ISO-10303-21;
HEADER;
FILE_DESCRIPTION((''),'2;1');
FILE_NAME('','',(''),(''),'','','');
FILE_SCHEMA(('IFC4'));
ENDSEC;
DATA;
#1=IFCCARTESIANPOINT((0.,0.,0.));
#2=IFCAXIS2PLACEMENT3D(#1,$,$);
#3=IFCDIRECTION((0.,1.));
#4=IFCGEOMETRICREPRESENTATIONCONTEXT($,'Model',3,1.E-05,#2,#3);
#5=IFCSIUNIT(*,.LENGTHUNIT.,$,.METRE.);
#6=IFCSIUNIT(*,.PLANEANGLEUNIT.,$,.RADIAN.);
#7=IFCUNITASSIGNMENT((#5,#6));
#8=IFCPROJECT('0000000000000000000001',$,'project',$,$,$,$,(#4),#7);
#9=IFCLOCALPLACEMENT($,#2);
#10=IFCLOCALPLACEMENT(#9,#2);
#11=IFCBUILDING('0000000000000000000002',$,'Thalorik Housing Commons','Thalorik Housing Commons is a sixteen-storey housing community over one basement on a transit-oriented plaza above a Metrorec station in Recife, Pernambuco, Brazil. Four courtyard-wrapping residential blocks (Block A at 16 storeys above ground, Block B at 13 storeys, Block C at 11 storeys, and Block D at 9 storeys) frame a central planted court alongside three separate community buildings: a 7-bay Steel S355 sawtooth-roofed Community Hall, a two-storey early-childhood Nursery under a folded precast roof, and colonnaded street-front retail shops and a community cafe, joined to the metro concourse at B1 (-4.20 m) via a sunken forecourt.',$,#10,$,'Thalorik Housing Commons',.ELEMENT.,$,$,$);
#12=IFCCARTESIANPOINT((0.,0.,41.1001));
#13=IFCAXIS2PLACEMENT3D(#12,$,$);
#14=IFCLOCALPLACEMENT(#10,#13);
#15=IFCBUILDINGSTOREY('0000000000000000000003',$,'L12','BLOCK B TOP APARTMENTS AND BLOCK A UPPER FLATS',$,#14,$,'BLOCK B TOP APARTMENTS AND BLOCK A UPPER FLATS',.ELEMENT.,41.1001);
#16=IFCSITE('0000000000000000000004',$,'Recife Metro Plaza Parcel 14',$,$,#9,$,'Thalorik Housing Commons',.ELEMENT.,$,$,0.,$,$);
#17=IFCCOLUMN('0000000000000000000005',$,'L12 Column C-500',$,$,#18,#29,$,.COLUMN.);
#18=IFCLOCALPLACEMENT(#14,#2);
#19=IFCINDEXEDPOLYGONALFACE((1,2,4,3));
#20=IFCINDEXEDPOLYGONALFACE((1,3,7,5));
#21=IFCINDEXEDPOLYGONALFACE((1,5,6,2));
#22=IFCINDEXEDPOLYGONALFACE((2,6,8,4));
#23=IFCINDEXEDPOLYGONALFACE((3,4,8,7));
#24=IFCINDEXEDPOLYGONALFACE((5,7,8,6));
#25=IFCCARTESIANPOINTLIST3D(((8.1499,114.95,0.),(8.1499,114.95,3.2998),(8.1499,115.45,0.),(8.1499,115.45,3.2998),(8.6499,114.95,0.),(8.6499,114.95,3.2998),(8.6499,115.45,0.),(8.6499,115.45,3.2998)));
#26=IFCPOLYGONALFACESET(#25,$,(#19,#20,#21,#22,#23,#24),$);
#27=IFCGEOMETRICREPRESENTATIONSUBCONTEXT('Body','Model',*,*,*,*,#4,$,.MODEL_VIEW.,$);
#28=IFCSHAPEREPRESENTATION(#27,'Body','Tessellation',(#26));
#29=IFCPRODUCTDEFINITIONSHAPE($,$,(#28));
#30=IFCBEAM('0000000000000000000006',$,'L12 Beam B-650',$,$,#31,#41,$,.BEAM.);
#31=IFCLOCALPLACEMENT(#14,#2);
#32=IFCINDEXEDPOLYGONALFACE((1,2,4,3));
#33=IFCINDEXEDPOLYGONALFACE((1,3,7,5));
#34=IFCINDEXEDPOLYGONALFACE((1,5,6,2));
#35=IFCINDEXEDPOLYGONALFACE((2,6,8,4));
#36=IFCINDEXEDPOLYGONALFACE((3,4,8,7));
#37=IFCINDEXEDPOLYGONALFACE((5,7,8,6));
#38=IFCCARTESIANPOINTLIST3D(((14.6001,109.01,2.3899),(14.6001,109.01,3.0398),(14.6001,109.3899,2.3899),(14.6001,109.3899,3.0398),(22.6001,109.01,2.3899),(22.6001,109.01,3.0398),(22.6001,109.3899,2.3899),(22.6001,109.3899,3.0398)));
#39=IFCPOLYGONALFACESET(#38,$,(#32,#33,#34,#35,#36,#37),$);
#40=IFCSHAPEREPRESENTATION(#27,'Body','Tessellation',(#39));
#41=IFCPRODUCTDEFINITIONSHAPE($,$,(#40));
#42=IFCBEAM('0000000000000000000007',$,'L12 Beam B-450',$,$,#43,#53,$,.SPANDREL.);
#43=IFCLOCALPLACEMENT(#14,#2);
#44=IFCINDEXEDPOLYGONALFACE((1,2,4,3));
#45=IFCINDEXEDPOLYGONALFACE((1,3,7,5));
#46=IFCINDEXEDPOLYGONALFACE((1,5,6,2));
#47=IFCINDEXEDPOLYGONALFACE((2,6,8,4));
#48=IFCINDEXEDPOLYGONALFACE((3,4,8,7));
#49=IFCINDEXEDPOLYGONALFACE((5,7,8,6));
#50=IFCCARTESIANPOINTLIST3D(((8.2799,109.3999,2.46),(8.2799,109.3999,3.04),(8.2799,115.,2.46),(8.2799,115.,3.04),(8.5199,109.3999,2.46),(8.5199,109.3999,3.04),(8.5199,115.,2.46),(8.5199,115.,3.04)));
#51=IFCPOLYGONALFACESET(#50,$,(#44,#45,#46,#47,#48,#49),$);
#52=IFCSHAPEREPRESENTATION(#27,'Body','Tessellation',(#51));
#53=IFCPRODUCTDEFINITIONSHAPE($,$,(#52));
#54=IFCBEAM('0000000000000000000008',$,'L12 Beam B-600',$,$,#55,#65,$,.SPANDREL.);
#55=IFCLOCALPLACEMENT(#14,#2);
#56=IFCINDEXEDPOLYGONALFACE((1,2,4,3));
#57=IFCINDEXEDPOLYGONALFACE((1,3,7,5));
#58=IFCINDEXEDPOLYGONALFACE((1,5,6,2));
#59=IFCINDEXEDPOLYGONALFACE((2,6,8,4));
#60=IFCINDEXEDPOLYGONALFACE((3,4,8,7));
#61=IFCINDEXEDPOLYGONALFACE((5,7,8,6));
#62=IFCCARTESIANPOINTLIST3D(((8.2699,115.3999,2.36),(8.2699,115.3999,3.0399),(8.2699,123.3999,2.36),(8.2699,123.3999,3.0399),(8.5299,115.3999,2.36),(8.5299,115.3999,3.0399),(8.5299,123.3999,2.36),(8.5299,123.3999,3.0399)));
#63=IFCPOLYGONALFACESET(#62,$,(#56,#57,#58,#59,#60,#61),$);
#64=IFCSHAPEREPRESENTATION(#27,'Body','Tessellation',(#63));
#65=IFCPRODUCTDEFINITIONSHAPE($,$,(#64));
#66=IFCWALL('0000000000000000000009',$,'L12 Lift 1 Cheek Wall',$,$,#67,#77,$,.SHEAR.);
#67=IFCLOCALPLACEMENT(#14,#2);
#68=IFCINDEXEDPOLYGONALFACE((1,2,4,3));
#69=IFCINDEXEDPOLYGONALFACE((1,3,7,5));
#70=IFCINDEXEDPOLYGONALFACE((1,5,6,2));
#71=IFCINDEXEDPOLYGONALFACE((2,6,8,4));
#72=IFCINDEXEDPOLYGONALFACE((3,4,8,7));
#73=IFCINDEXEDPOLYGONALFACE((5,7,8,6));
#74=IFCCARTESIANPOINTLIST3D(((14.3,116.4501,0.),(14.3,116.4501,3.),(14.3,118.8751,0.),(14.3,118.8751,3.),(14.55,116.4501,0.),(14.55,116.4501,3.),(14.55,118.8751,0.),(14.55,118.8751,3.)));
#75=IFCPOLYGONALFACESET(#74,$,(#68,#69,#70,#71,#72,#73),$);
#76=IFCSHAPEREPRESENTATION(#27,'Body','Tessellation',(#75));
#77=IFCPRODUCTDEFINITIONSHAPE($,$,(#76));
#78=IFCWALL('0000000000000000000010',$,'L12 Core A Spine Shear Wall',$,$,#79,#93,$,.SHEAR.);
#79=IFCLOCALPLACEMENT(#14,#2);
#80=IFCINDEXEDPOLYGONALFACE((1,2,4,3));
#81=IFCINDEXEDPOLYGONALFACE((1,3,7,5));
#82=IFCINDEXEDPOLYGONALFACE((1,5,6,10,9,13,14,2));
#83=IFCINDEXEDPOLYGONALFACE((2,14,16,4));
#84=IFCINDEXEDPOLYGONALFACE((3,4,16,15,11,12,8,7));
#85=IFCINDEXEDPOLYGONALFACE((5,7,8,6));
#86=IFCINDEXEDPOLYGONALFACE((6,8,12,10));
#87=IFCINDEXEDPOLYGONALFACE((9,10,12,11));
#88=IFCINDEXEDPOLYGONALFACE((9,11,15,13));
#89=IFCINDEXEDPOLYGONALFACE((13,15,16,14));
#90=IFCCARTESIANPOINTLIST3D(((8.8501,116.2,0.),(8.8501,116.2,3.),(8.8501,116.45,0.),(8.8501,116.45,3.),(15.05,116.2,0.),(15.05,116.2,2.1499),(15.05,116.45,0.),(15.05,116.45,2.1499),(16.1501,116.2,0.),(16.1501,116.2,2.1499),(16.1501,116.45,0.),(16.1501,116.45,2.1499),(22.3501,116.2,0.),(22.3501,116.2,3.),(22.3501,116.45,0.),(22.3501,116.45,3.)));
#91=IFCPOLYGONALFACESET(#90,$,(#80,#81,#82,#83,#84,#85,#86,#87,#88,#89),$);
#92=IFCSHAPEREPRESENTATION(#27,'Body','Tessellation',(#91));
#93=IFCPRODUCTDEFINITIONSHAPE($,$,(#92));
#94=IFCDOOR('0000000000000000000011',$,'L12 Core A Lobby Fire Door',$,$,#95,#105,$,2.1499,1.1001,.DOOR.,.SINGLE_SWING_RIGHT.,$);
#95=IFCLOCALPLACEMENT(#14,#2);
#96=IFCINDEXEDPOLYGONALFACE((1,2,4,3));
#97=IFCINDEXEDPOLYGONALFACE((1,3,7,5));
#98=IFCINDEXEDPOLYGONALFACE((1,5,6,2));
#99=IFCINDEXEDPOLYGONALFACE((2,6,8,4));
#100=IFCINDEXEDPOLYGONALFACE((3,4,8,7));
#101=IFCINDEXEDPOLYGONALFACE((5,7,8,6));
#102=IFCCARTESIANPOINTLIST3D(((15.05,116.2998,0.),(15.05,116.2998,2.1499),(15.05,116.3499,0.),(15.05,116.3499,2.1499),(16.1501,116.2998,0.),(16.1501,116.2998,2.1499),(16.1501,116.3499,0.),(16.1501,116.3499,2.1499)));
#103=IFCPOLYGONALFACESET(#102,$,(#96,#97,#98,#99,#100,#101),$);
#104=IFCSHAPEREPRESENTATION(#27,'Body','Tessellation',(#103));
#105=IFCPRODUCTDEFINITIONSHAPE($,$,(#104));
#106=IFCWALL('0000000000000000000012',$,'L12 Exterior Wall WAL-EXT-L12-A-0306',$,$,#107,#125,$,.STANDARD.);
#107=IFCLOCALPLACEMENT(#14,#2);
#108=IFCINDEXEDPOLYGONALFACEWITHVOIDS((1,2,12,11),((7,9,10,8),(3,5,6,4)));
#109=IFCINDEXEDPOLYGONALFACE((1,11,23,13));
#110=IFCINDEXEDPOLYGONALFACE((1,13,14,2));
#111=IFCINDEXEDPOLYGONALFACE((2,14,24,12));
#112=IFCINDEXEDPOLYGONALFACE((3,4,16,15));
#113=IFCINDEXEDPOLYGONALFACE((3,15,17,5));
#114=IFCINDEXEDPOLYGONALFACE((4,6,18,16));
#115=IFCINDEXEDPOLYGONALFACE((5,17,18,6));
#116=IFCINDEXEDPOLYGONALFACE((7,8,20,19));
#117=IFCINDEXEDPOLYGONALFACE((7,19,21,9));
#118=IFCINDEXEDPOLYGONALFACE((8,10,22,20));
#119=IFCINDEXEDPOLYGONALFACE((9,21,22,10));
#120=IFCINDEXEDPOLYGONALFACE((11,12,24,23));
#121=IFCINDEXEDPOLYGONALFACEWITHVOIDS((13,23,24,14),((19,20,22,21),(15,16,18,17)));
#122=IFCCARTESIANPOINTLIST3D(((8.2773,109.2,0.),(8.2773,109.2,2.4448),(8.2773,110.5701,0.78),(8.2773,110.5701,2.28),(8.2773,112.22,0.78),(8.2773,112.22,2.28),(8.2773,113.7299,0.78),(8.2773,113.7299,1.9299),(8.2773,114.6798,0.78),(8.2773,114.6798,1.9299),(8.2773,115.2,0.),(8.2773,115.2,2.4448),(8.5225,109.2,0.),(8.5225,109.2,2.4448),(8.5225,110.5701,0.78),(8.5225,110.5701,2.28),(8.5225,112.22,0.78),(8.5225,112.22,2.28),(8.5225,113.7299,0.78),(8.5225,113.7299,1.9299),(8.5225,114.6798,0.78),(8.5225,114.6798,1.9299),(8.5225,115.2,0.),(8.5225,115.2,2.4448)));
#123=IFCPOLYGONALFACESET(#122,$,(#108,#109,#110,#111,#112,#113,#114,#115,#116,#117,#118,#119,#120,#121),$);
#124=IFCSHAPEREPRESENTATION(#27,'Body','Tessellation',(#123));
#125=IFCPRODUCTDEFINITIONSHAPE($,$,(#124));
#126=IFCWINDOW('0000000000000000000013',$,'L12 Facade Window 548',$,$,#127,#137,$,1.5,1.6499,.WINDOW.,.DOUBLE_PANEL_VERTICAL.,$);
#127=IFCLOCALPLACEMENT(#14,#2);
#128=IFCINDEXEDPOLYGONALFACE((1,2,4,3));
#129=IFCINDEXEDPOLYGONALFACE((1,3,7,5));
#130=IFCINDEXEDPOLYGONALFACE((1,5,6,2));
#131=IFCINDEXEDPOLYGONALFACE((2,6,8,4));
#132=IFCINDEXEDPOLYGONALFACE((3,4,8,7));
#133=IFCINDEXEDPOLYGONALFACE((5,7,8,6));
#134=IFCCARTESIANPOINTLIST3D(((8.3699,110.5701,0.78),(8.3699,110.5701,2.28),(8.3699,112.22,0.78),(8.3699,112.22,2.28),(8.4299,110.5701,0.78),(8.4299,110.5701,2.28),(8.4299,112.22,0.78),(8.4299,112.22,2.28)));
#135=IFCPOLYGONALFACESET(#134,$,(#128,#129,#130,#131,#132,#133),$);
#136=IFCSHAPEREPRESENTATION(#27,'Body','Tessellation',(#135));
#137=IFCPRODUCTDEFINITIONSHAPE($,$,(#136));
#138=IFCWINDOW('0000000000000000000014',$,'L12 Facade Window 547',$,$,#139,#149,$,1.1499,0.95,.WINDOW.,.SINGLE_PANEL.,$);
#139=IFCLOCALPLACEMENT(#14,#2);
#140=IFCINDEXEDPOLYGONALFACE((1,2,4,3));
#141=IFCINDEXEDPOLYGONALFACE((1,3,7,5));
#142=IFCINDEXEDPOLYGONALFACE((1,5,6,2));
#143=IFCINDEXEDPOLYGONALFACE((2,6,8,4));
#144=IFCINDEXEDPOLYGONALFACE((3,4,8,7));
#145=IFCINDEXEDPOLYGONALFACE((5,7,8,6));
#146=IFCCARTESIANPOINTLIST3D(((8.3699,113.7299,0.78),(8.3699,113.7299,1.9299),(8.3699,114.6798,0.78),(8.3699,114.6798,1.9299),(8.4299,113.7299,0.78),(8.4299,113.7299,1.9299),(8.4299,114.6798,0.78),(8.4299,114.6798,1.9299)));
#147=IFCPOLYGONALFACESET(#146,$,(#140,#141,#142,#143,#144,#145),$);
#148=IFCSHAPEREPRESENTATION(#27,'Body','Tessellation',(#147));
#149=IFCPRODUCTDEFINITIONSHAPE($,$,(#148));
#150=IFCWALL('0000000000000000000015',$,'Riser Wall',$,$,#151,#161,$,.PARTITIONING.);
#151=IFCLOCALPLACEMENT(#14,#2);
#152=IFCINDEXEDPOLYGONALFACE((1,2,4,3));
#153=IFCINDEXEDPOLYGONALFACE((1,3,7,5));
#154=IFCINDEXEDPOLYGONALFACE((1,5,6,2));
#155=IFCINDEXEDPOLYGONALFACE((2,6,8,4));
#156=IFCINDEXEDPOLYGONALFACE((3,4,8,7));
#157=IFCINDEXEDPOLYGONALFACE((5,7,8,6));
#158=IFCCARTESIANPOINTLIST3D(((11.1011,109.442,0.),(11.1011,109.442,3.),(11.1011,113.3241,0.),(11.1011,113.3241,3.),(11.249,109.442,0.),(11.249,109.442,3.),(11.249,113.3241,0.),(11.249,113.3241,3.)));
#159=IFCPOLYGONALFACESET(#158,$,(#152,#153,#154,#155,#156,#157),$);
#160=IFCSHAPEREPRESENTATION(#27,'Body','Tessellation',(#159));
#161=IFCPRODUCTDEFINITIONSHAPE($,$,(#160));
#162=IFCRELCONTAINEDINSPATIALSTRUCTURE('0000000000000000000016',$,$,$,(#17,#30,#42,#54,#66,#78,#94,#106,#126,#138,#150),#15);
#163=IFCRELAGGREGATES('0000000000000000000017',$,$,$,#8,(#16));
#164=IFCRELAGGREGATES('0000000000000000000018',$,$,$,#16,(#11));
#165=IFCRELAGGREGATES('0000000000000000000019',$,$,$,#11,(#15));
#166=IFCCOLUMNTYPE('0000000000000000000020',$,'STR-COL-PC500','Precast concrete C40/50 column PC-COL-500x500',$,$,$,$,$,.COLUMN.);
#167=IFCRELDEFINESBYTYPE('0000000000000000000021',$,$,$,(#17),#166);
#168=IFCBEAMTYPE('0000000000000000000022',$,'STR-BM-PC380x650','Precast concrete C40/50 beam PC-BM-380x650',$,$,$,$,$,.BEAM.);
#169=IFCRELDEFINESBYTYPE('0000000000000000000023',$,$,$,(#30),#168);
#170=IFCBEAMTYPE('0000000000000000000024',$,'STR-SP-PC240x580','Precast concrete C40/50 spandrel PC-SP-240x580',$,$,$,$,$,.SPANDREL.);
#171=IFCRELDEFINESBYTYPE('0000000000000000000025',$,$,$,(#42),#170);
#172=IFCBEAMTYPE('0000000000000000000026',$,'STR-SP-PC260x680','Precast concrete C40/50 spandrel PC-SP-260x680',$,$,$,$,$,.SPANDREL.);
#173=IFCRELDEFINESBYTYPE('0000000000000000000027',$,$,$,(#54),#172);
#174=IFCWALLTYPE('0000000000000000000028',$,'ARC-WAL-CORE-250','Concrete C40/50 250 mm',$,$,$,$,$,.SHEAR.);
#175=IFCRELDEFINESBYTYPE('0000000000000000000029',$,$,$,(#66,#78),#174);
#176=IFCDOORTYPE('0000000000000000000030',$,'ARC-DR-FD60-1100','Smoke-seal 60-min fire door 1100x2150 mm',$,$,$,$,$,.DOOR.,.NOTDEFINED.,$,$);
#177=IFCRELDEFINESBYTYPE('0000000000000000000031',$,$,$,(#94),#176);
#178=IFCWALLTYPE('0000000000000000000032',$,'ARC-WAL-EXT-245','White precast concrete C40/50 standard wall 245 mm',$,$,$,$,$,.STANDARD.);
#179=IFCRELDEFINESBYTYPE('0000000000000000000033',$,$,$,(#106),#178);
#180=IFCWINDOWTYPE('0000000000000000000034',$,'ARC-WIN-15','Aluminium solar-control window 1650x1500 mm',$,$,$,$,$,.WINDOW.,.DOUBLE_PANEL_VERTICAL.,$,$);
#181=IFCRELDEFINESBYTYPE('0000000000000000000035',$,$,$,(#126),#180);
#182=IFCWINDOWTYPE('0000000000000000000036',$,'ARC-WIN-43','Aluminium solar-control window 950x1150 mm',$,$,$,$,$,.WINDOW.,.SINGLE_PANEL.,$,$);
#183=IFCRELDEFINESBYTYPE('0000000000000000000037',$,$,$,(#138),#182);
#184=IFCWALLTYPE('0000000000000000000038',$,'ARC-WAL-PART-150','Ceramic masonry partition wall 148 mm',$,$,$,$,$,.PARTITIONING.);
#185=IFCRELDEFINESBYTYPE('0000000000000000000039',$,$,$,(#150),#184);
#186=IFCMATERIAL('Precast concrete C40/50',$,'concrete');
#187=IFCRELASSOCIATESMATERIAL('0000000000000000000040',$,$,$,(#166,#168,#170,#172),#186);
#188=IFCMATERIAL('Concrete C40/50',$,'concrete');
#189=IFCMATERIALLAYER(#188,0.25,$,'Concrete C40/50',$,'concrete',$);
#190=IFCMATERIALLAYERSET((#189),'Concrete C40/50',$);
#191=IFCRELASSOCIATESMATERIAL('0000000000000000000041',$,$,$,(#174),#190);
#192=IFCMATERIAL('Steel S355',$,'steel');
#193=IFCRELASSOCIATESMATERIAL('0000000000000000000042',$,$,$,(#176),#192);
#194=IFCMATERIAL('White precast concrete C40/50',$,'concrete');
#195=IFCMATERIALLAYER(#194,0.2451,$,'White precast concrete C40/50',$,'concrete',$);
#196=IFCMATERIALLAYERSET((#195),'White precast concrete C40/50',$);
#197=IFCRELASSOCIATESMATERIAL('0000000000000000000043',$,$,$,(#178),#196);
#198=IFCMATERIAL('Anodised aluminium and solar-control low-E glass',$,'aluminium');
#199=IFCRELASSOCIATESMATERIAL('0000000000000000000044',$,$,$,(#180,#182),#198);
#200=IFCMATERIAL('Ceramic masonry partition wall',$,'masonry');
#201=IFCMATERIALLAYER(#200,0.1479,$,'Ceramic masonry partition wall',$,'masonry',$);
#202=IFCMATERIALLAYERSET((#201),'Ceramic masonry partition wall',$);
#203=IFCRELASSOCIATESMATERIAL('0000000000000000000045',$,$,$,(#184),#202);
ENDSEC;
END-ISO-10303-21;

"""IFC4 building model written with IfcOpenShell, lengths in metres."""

from ifc_helpers import new_model, si_unit, direction, frame, frame_2d, origin, origin_2d, place, context, subcontext, project, spatial, rectangle, extrude, material, layer, layer_set, material_profile, profile_set, type_object, element, fill, save


model = new_model("IFC4")

# Units and contexts
model_context = context("Model", 3, precision=1e-05, world=origin(), true_north=direction((0.0, 1.0)))
body_context = subcontext(model_context, "Body", "Model", "MODEL_VIEW")
ifc_project = project(units=[si_unit("LENGTHUNIT", "METRE"), si_unit("PLANEANGLEUNIT", "RADIAN")], contexts=[model_context])

# Site, building, storey
site_placement = place(None, origin())
site = spatial("IfcSite", under=ifc_project, at=site_placement, Name="Recife Metro Plaza Parcel 14", LongName="Thalorik Housing Commons", CompositionType="ELEMENT", RefElevation=0.0)
building_placement = place(site_placement, origin())
building = spatial("IfcBuilding", under=site, at=building_placement, Name="Thalorik Housing Commons", Description="Thalorik Housing Commons is a sixteen-storey housing community over one basement on a transit-oriented plaza above a Metrorec station in Recife, Pernambuco, Brazil. Four courtyard-wrapping residential blocks (Block A at 16 storeys above ground, Block B at 13 storeys, Block C at 11 storeys, and Block D at 9 storeys) frame a central planted court alongside three separate community buildings: a 7-bay Steel S355 sawtooth-roofed Community Hall, a two-storey early-childhood Nursery under a folded precast roof, and colonnaded street-front retail shops and a community cafe, joined to the metro concourse at B1 (-4.20 m) via a sunken forecourt.", LongName="Thalorik Housing Commons", CompositionType="ELEMENT")
storey_placement = place(building_placement, frame((0.0, 0.0, 41.1001)))
storey = spatial("IfcBuildingStorey", under=building, at=storey_placement, Name="L12", Description="BLOCK B TOP APARTMENTS AND BLOCK A UPPER FLATS", LongName="BLOCK B TOP APARTMENTS AND BLOCK A UPPER FLATS", CompositionType="ELEMENT", Elevation=41.1001)

# Column
ifc_material_1 = material(Name="Precast concrete C40/50", Category="concrete")
ifc_material_profile_1 = material_profile(ifc_material_1, rectangle(XDim=0.5, YDim=0.5, at=origin_2d()), Name="PC 500x500", Category="concrete")
ifc_profile_set_1 = profile_set([ifc_material_profile_1], Name="Precast concrete C40/50")
column_type = type_object("IfcColumnType", Name="STR-COL-PC500", Description="Precast concrete C40/50 column PC-COL-500x500", PredefinedType="COLUMN", material=ifc_profile_set_1)
column_placement = place(storey_placement, frame((8.3999, 115.2, 0.0), z_axis=(0.0, 0.0, 1.0), x_axis=(1.0, 0.0, 0.0)))
element("IfcColumn", 1, at=column_placement, inside=storey, type_object=column_type, Name="L12 Column C-500", PredefinedType="COLUMN", context=body_context, shape_type="SweptSolid", body=[
    extrude(rectangle(XDim=0.5, YDim=0.5, at=origin_2d()), origin(), (0.0, 0.0, 1.0), 3.2998),
])

# Beams
ifc_material_profile_2 = material_profile(ifc_material_1, rectangle(XDim=0.3799, YDim=0.6499, at=origin_2d()), Name="PC 380x650", Category="concrete")
ifc_profile_set_2 = profile_set([ifc_material_profile_2], Name="Precast concrete C40/50")
beam_type_1 = type_object("IfcBeamType", Name="STR-BM-PC380x650", Description="Precast concrete C40/50 beam PC-BM-380x650", PredefinedType="BEAM", material=ifc_profile_set_2)
beam_1_placement = place(storey_placement, frame((14.6001, 109.2, 2.7148), z_axis=(1.0, 0.0, 0.0), x_axis=(0.0, 1.0, 0.0)))
element("IfcBeam", 2, at=beam_1_placement, inside=storey, type_object=beam_type_1, Name="L12 Beam B-650", PredefinedType="BEAM", context=body_context, shape_type="SweptSolid", body=[
    extrude(rectangle(XDim=0.3799, YDim=0.6499, at=origin_2d()), origin(), (0.0, 0.0, 1.0), 8.0),
])
ifc_material_profile_3 = material_profile(ifc_material_1, rectangle(XDim=0.24, YDim=0.5801, at=origin_2d()), Name="PC SP 240x580", Category="concrete")
ifc_profile_set_3 = profile_set([ifc_material_profile_3], Name="Precast concrete C40/50")
beam_type_2 = type_object("IfcBeamType", Name="STR-SP-PC240x580", Description="Precast concrete C40/50 spandrel PC-SP-240x580", PredefinedType="SPANDREL", material=ifc_profile_set_3)
beam_2_placement = place(storey_placement, frame((8.3999, 109.3999, 2.75), z_axis=(0.0, 1.0, 0.0), x_axis=(-1.0, 0.0, 0.0)))
element("IfcBeam", 3, at=beam_2_placement, inside=storey, type_object=beam_type_2, Name="L12 Beam B-450", PredefinedType="SPANDREL", context=body_context, shape_type="SweptSolid", body=[
    extrude(rectangle(XDim=0.24, YDim=0.5801, at=origin_2d()), origin(), (0.0, 0.0, 1.0), 5.6001),
])
ifc_material_profile_4 = material_profile(ifc_material_1, rectangle(XDim=0.26, YDim=0.6799, at=origin_2d()), Name="PC SP 260x680", Category="concrete")
ifc_profile_set_4 = profile_set([ifc_material_profile_4], Name="Precast concrete C40/50")
beam_type_3 = type_object("IfcBeamType", Name="STR-SP-PC260x680", Description="Precast concrete C40/50 spandrel PC-SP-260x680", PredefinedType="SPANDREL", material=ifc_profile_set_4)
beam_3_placement = place(storey_placement, frame((8.3999, 115.3999, 2.7), z_axis=(0.0, 1.0, 0.0), x_axis=(-1.0, 0.0, 0.0)))
element("IfcBeam", 4, at=beam_3_placement, inside=storey, type_object=beam_type_3, Name="L12 Beam B-600", PredefinedType="SPANDREL", context=body_context, shape_type="SweptSolid", body=[
    extrude(rectangle(XDim=0.26, YDim=0.6799, at=origin_2d()), origin(), (0.0, 0.0, 1.0), 8.0),
])

# Shared definitions
ifc_material_2 = material(Name="Concrete C40/50", Category="concrete")
ifc_layer_1 = layer(ifc_material_2, 0.25, Name="Concrete C40/50", Category="concrete")
ifc_layer_set_1 = layer_set([ifc_layer_1], Name="Concrete C40/50")
wall_type_1 = type_object("IfcWallType", Name="ARC-WAL-CORE-250", Description="Concrete C40/50 250 mm", PredefinedType="SHEAR", material=ifc_layer_set_1)
ifc_material_3 = material(Name="Steel S355", Category="steel")

# Wall
wall_1_placement = place(storey_placement, frame((14.425, 118.875, 0.0), z_axis=(0.0, 0.0, 1.0), x_axis=(0.0, -1.0, 0.0)))
element("IfcWall", 5, at=wall_1_placement, inside=storey, type_object=wall_type_1, Name="L12 Lift 1 Cheek Wall", PredefinedType="SHEAR", context=body_context, shape_type="SweptSolid", body=[
    extrude(rectangle(XDim=2.425, YDim=0.25, at=frame_2d((1.2124, 0.0))), origin(), (0.0, 0.0, 1.0), 3.0),
])

# Wall, opening, door
wall_2_placement = place(storey_placement, frame((8.8501, 116.325, 0.0), z_axis=(0.0, 0.0, 1.0), x_axis=(1.0, 0.0, 0.0)))
wall_2 = element("IfcWall", 6, at=wall_2_placement, inside=storey, type_object=wall_type_1, Name="L12 Core A Spine Shear Wall", PredefinedType="SHEAR", context=body_context, shape_type="SweptSolid", body=[
    extrude(rectangle(XDim=13.5, YDim=0.25, at=frame_2d((6.75, 0.0))), origin(), (0.0, 0.0, 1.0), 3.0),
])
opening_1_placement = place(wall_2_placement, frame((6.2, 0.0, 0.0)))
opening_1 = element("IfcOpeningElement", 7, at=opening_1_placement, cuts=wall_2, PredefinedType="OPENING", context=body_context, shape_type="SweptSolid", body=[
    extrude(rectangle(XDim=1.1001, YDim=2.1499, at=frame_2d((0.55, 1.075))), frame((0.0, 0.135, 0.0), z_axis=(0.0, -1.0, 0.0), x_axis=(1.0, 0.0, 0.0)), (0.0, 0.0, 1.0), 0.27),
])
door_type_1 = type_object("IfcDoorType", Name="ARC-DR-FD60-1100", Description="Smoke-seal 60-min fire door 1100x2150 mm", OperationType="NOTDEFINED", PredefinedType="DOOR", material=ifc_material_3)
door_1_placement = place(opening_1_placement, origin())
door_1 = element("IfcDoor", 8, at=door_1_placement, inside=storey, type_object=door_type_1, Name="L12 Core A Lobby Fire Door", OperationType="SINGLE_SWING_RIGHT", OverallHeight=2.1499, OverallWidth=1.1001, PredefinedType="DOOR", context=body_context, shape_type="SweptSolid", body=[
    extrude(rectangle(XDim=1.1001, YDim=2.1499, at=frame_2d((0.55, 1.075))), frame((0.0, 0.0249, 0.0), z_axis=(0.0, -1.0, 0.0), x_axis=(1.0, 0.0, 0.0)), (0.0, 0.0, 1.0), 0.05),
])
fill(opening_1, door_1)

# Wall, openings, windows
ifc_material_4 = material(Name="White precast concrete C40/50", Category="concrete")
ifc_layer_2 = layer(ifc_material_4, 0.2451, Name="White precast concrete C40/50", Category="concrete")
ifc_layer_set_2 = layer_set([ifc_layer_2], Name="White precast concrete C40/50")
wall_type_2 = type_object("IfcWallType", Name="ARC-WAL-EXT-245", Description="White precast concrete C40/50 standard wall 245 mm", PredefinedType="STANDARD", material=ifc_layer_set_2)
wall_3_placement = place(storey_placement, frame((8.3999, 115.2, 0.0), z_axis=(0.0, 0.0, 1.0), x_axis=(0.0, -1.0, 0.0)))
wall_3 = element("IfcWall", 9, at=wall_3_placement, inside=storey, type_object=wall_type_2, Name="L12 Exterior Wall WAL-EXT-L12-A-0306", PredefinedType="STANDARD", context=body_context, shape_type="SweptSolid", body=[
    extrude(rectangle(XDim=6.0, YDim=0.2451, at=frame_2d((3.0, 0.0))), origin(), (0.0, 0.0, 1.0), 2.4448),
])
opening_2_placement = place(wall_3_placement, frame((0.52, 0.0, 0.78)))
opening_2 = element("IfcOpeningElement", 10, at=opening_2_placement, cuts=wall_3, PredefinedType="OPENING", context=body_context, shape_type="SweptSolid", body=[
    extrude(rectangle(XDim=0.95, YDim=1.1499, at=frame_2d((0.4751, 0.575))), frame((0.0, 0.1326, 0.0), z_axis=(0.0, -1.0, 0.0), x_axis=(1.0, 0.0, 0.0)), (0.0, 0.0, 1.0), 0.2651),
])
opening_3_placement = place(wall_3_placement, frame((2.98, 0.0, 0.78)))
opening_3 = element("IfcOpeningElement", 11, at=opening_3_placement, cuts=wall_3, PredefinedType="OPENING", context=body_context, shape_type="SweptSolid", body=[
    extrude(rectangle(XDim=1.6499, YDim=1.5, at=frame_2d((0.825, 0.75))), frame((0.0, 0.1326, 0.0), z_axis=(0.0, -1.0, 0.0), x_axis=(1.0, 0.0, 0.0)), (0.0, 0.0, 1.0), 0.2651),
])
ifc_material_5 = material(Name="Anodised aluminium and solar-control low-E glass", Category="aluminium")
window_type_1 = type_object("IfcWindowType", Name="ARC-WIN-15", Description="Aluminium solar-control window 1650x1500 mm", PartitioningType="DOUBLE_PANEL_VERTICAL", PredefinedType="WINDOW", material=ifc_material_5)
window_1_placement = place(opening_3_placement, origin())
window_1 = element("IfcWindow", 12, at=window_1_placement, inside=storey, type_object=window_type_1, Name="L12 Facade Window 548", OverallHeight=1.5, OverallWidth=1.6499, PartitioningType="DOUBLE_PANEL_VERTICAL", PredefinedType="WINDOW", context=body_context, shape_type="SweptSolid", body=[
    extrude(rectangle(XDim=1.6499, YDim=1.5, at=frame_2d((0.825, 0.75))), frame((0.0, 0.03, 0.0), z_axis=(0.0, -1.0, 0.0), x_axis=(1.0, 0.0, 0.0)), (0.0, 0.0, 1.0), 0.0601),
])
fill(opening_3, window_1)
window_type_2 = type_object("IfcWindowType", Name="ARC-WIN-43", Description="Aluminium solar-control window 950x1150 mm", PartitioningType="SINGLE_PANEL", PredefinedType="WINDOW", material=ifc_material_5)
window_2_placement = place(opening_2_placement, origin())
window_2 = element("IfcWindow", 13, at=window_2_placement, inside=storey, type_object=window_type_2, Name="L12 Facade Window 547", OverallHeight=1.1499, OverallWidth=0.95, PartitioningType="SINGLE_PANEL", PredefinedType="WINDOW", context=body_context, shape_type="SweptSolid", body=[
    extrude(rectangle(XDim=0.95, YDim=1.1499, at=frame_2d((0.4751, 0.575))), frame((0.0, 0.03, 0.0), z_axis=(0.0, -1.0, 0.0), x_axis=(1.0, 0.0, 0.0)), (0.0, 0.0, 1.0), 0.0601),
])
fill(opening_2, window_2)

# Wall
ifc_material_6 = material(Name="Ceramic masonry partition wall", Category="masonry")
ifc_layer_3 = layer(ifc_material_6, 0.1479, Name="Ceramic masonry partition wall", Category="masonry")
ifc_layer_set_3 = layer_set([ifc_layer_3], Name="Ceramic masonry partition wall")
wall_type_3 = type_object("IfcWallType", Name="ARC-WAL-PART-150", Description="Ceramic masonry partition wall 148 mm", PredefinedType="PARTITIONING", material=ifc_layer_set_3)
wall_4_placement = place(storey_placement, frame((11.175, 113.324, 0.0), z_axis=(0.0, 0.0, 1.0), x_axis=(0.0, -1.0, 0.0)))
element("IfcWall", 14, at=wall_4_placement, inside=storey, type_object=wall_type_3, Name="Riser Wall", PredefinedType="PARTITIONING", context=body_context, shape_type="SweptSolid", body=[
    extrude(rectangle(XDim=3.8821, YDim=0.1479, at=frame_2d((1.9409, 0.0))), origin(), (0.0, 0.0, 1.0), 3.0),
])

save(model, "model.ifc")
